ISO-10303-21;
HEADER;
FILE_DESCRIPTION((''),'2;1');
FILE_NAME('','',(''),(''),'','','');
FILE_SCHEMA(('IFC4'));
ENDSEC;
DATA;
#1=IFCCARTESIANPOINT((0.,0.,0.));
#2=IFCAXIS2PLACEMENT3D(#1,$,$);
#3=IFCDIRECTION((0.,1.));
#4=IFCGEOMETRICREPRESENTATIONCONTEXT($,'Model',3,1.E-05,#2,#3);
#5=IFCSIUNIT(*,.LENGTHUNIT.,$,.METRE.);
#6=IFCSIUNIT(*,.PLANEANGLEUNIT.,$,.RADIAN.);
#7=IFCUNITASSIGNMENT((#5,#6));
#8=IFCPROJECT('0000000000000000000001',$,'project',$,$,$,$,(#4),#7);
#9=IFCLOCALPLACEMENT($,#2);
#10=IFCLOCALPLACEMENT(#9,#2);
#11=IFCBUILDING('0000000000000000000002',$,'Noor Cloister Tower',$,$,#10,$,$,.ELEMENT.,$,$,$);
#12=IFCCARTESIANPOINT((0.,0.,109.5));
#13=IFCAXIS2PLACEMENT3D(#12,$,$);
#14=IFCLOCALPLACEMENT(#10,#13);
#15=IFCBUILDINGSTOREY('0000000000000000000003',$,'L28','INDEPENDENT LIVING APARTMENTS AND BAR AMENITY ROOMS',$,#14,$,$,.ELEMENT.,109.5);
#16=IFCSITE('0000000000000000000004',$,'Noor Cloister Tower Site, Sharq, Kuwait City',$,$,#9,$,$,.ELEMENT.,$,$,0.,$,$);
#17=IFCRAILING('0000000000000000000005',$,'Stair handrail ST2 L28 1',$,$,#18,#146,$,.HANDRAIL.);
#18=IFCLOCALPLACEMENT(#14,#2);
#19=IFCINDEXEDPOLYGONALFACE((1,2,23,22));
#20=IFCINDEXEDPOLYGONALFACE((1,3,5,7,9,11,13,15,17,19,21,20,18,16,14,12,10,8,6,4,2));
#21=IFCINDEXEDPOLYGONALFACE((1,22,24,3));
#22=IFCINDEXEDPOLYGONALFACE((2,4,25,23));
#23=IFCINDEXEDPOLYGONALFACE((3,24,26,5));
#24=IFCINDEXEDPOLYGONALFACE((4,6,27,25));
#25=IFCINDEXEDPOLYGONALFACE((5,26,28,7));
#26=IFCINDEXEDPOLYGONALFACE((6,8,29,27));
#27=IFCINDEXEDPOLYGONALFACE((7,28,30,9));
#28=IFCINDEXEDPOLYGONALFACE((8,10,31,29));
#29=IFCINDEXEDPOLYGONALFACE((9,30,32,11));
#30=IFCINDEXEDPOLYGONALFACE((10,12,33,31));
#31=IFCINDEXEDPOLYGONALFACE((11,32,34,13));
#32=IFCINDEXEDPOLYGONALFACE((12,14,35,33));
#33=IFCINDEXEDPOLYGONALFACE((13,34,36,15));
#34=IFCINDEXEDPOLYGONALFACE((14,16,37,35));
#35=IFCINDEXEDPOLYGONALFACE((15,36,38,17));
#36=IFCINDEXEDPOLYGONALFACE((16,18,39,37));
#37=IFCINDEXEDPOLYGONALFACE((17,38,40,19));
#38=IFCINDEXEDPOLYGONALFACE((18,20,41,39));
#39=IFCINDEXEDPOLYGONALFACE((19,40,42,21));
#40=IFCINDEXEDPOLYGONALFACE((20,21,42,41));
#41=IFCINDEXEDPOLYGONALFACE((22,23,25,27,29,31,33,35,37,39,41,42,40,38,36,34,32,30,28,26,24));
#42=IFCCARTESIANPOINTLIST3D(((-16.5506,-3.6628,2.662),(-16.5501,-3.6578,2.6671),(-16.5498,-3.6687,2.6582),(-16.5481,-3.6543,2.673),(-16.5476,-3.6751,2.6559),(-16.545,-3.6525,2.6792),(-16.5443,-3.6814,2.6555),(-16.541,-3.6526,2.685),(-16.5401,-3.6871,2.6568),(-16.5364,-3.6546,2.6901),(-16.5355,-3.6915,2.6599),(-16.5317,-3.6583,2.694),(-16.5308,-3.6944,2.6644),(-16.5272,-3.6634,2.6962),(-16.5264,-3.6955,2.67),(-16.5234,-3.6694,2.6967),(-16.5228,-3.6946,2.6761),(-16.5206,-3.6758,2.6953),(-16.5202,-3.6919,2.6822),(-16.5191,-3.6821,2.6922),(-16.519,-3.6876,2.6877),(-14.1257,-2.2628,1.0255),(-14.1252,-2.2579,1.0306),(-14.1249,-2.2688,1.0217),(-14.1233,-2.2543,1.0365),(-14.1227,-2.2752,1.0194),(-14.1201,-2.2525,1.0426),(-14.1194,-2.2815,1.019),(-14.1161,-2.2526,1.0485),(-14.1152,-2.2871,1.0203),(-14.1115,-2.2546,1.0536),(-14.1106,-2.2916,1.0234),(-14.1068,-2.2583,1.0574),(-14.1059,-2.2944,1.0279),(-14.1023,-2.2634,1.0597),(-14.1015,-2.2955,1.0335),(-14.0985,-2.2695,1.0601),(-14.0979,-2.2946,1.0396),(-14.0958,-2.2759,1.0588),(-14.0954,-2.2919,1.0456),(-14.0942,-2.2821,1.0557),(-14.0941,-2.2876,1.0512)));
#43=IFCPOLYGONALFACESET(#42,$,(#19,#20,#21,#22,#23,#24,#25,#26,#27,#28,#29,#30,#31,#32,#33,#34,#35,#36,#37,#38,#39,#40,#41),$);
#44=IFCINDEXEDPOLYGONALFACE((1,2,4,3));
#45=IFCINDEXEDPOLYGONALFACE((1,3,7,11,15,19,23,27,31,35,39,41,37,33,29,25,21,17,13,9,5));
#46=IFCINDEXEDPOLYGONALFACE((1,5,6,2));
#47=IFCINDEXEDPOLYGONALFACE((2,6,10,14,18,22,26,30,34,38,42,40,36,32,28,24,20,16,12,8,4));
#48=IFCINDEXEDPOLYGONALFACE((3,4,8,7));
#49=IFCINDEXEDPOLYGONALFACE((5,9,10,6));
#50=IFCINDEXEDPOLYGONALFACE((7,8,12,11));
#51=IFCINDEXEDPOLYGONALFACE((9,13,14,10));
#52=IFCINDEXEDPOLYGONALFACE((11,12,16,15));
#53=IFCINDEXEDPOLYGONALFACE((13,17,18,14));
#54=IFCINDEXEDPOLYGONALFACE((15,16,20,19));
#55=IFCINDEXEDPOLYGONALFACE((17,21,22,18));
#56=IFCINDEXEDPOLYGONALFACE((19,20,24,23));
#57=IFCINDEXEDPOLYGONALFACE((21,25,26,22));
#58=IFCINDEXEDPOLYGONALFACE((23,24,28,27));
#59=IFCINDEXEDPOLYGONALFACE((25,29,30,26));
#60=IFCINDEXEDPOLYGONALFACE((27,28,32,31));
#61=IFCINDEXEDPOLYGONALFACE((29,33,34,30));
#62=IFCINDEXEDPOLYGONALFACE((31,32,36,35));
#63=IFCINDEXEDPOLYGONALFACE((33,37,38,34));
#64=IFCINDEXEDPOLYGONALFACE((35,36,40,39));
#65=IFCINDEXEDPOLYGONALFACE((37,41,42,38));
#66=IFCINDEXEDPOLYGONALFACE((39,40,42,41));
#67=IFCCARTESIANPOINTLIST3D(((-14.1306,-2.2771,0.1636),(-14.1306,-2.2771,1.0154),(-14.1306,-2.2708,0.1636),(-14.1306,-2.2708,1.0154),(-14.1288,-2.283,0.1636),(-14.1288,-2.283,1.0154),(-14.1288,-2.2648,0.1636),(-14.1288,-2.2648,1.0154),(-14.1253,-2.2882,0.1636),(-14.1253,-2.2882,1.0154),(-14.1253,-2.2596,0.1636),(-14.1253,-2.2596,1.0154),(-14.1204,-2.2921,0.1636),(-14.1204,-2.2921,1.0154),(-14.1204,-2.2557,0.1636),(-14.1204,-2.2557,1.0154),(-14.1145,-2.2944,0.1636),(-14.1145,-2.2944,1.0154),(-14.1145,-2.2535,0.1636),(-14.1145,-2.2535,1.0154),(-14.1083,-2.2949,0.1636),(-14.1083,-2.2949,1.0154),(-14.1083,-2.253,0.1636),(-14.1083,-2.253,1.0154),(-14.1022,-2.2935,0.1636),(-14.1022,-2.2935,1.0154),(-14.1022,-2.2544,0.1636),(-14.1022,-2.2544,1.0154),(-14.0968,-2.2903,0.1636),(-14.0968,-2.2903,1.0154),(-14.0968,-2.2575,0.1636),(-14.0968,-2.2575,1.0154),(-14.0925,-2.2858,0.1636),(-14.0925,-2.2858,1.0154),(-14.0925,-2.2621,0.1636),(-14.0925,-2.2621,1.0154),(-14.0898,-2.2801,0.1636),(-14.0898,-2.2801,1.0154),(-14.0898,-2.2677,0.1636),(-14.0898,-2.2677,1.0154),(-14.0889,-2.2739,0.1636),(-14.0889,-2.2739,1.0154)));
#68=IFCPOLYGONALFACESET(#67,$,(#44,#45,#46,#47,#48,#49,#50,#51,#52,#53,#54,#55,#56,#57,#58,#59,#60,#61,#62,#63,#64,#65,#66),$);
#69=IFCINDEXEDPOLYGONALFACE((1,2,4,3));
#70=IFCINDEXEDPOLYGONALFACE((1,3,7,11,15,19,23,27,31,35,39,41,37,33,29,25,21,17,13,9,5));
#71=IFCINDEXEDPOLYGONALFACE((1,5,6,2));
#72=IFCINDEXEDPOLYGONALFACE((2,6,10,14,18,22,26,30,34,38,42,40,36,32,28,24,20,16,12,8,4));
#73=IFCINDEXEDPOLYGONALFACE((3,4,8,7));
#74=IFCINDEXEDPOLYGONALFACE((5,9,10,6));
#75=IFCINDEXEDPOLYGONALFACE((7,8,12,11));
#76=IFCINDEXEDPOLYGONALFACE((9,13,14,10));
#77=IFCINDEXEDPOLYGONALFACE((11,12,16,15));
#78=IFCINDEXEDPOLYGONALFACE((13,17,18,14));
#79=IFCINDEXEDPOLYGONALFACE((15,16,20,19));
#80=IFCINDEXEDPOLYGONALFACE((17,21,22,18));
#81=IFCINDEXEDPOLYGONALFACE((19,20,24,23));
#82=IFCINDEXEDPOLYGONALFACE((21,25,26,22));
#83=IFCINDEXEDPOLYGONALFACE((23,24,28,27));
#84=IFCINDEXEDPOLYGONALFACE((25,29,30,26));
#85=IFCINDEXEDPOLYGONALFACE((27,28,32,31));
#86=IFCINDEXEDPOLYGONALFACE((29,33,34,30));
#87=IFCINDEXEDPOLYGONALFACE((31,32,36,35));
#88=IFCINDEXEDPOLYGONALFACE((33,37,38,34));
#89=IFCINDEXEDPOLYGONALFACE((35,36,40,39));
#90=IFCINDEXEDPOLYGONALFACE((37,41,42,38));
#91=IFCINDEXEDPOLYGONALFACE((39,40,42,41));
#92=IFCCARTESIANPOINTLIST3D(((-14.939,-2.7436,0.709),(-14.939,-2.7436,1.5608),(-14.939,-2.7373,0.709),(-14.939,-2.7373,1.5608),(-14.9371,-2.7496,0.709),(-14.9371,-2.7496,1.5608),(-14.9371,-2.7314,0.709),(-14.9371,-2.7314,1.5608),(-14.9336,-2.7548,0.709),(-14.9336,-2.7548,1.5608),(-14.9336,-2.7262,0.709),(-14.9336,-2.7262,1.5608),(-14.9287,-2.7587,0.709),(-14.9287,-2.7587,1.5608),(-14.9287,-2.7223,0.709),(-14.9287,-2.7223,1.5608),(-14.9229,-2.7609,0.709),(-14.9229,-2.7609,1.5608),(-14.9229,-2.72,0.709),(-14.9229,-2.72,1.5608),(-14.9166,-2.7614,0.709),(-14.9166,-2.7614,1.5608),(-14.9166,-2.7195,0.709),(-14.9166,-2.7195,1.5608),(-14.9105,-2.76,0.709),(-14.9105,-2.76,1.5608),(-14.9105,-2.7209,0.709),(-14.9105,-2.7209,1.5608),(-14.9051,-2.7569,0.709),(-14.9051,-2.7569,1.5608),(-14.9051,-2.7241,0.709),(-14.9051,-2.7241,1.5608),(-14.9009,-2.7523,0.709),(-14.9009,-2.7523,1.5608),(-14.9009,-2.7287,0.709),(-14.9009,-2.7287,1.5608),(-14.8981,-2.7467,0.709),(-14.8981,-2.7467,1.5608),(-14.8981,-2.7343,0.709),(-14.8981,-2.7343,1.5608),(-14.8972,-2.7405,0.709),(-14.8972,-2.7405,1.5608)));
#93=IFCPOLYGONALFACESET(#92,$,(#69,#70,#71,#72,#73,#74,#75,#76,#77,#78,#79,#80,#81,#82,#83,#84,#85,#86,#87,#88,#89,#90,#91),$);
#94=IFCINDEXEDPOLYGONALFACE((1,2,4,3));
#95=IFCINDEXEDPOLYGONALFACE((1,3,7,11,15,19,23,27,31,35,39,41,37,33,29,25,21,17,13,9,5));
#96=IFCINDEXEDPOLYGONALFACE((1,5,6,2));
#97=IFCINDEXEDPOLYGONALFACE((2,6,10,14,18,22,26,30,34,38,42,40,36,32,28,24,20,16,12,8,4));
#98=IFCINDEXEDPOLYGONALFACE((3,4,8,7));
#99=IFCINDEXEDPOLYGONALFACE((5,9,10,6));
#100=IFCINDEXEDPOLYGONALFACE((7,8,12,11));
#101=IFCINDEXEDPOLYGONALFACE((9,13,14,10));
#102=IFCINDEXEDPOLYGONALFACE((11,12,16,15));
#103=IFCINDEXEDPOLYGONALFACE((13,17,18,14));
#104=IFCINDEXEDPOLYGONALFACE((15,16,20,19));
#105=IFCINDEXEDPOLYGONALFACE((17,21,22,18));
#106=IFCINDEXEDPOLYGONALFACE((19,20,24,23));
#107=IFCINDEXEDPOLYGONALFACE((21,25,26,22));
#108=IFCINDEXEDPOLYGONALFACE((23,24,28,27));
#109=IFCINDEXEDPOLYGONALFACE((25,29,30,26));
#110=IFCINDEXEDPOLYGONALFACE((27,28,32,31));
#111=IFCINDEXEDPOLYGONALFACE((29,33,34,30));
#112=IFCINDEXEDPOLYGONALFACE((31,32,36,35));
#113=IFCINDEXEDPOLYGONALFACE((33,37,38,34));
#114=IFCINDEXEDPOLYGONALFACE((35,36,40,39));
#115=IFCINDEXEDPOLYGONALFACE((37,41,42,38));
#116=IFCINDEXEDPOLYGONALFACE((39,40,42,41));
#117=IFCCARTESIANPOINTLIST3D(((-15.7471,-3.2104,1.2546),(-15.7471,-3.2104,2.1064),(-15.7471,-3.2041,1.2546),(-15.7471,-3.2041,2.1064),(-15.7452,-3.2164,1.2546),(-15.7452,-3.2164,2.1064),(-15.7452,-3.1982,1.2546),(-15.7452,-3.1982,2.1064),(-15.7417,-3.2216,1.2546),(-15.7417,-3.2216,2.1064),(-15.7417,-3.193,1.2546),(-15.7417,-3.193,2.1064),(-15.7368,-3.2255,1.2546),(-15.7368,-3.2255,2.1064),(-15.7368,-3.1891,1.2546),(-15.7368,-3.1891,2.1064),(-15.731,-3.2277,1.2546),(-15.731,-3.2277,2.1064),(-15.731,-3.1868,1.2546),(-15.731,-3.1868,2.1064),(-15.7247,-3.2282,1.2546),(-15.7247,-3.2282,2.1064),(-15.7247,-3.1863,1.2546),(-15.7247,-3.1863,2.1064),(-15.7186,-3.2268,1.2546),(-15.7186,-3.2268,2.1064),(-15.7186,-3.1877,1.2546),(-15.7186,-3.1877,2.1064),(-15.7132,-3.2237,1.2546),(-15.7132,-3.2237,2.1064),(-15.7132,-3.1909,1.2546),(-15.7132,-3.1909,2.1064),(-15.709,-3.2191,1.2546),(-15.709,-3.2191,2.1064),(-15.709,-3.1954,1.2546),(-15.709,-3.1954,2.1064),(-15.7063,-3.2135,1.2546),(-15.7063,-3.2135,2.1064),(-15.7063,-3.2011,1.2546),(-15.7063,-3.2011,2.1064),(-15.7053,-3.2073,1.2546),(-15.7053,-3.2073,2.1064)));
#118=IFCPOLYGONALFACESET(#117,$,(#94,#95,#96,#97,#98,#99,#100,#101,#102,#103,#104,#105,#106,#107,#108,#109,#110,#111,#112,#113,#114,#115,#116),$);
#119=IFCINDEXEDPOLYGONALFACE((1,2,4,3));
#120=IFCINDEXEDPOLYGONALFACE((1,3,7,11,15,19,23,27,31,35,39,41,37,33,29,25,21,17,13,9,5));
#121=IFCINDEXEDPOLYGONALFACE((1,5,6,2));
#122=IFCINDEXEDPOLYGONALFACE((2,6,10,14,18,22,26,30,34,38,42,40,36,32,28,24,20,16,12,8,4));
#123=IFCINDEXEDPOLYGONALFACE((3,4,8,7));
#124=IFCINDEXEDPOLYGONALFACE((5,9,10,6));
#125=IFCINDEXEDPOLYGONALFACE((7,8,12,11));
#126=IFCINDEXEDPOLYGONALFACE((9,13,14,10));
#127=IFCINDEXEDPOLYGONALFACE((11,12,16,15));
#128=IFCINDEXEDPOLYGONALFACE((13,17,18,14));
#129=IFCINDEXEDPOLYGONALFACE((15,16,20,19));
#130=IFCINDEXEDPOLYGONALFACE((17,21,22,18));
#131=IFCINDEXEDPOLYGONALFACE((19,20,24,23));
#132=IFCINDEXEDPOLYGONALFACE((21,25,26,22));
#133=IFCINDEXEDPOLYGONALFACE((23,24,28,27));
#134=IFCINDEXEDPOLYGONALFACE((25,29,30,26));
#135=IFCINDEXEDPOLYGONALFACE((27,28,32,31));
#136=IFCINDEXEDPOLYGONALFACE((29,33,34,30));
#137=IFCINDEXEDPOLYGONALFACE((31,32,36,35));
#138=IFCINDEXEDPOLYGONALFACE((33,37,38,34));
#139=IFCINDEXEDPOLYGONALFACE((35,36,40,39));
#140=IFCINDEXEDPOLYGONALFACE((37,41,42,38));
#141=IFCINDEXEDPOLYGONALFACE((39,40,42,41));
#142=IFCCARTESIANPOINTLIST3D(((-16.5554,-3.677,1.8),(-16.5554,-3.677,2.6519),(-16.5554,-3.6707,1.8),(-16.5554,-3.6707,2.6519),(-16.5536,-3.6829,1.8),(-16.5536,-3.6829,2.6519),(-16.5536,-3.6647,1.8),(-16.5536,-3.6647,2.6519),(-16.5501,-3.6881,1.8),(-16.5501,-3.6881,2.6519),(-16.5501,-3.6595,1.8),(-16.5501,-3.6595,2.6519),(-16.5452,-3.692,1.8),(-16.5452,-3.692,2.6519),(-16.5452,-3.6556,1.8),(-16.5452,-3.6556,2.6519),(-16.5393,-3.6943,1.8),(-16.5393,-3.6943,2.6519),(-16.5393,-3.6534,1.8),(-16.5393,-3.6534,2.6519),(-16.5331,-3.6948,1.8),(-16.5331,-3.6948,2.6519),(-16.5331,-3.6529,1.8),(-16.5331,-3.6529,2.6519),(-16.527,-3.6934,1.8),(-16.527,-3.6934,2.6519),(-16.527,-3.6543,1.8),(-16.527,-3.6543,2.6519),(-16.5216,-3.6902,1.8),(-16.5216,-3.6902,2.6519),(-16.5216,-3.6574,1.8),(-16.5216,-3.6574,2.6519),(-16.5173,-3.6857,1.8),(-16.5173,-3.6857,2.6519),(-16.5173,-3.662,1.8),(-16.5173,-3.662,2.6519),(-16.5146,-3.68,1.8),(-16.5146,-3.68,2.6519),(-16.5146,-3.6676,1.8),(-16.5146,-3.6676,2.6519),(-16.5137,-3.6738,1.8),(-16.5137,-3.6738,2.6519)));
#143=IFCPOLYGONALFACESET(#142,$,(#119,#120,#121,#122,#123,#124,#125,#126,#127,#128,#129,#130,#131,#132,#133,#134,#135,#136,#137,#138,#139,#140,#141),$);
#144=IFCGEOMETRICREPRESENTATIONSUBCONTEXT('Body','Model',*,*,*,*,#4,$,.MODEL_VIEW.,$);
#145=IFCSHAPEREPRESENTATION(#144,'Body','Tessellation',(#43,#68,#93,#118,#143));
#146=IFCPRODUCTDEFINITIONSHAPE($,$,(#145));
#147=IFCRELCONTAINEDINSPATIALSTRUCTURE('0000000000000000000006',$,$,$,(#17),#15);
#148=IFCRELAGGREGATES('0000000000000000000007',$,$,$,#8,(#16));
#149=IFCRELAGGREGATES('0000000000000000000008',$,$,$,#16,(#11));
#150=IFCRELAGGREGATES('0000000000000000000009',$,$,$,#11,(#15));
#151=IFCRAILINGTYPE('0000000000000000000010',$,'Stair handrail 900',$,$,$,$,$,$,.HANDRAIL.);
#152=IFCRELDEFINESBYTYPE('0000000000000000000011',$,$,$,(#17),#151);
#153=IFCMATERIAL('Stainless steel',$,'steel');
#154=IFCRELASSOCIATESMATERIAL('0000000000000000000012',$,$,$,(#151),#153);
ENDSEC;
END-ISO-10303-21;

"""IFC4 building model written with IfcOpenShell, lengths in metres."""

from ifc_helpers import new_model, si_unit, direction, frame, origin, origin_2d, place, context, subcontext, project, spatial, circle, extrude, material, type_object, element, save


model = new_model("IFC4")

# Units and contexts
model_context = context("Model", 3, precision=1e-05, world=origin(), true_north=direction((0.0, 1.0)))
body_context = subcontext(model_context, "Body", "Model", "MODEL_VIEW")
ifc_project = project(units=[si_unit("LENGTHUNIT", "METRE"), si_unit("PLANEANGLEUNIT", "RADIAN")], contexts=[model_context])

# Site, building, storey
site_placement = place(None, origin())
site = spatial("IfcSite", under=ifc_project, at=site_placement, Name="Noor Cloister Tower Site, Sharq, Kuwait City", CompositionType="ELEMENT", RefElevation=0.0)
building_placement = place(site_placement, origin())
building = spatial("IfcBuilding", under=site, at=building_placement, Name="Noor Cloister Tower", CompositionType="ELEMENT")
storey_placement = place(building_placement, frame((0.0, 0.0, 109.5)))
storey = spatial("IfcBuildingStorey", under=building, at=storey_placement, Name="L28", Description="INDEPENDENT LIVING APARTMENTS AND BAR AMENITY ROOMS", CompositionType="ELEMENT", Elevation=109.5)

# Railing
ifc_material_1 = material(Name="Stainless steel", Category="steel")
railing_type_1 = type_object("IfcRailingType", Name="Stair handrail 900", PredefinedType="HANDRAIL", material=ifc_material_1)
railing_1_placement = place(storey_placement, frame((-14.1099, -2.2739, 0.1636)))
element("IfcRailing", 1, at=railing_1_placement, inside=storey, type_object=railing_type_1, Name="Stair handrail ST2 L28 1", PredefinedType="HANDRAIL", context=body_context, shape_type="SweptSolid", body=[
    extrude(circle(Radius=0.0239, at=origin_2d()), frame((0.0, 0.0, 0.876), z_axis=(-0.74769, -0.431661, 0.504608), x_axis=(0.499984, -0.866035, 0.0)), (0.0, 0.0, 1.0), 3.2432),
    extrude(circle(Radius=0.021, at=origin_2d()), origin(), (0.0, 0.0, 1.0), 0.8518),
    extrude(circle(Radius=0.021, at=origin_2d()), frame((-0.8083, -0.4666, 0.5454)), (0.0, 0.0, 1.0), 0.8518),
    extrude(circle(Radius=0.021, at=origin_2d()), frame((-1.6165, -0.9333, 1.0911)), (0.0, 0.0, 1.0), 0.8518),
    extrude(circle(Radius=0.021, at=origin_2d()), frame((-2.4248, -1.3999, 1.6365)), (0.0, 0.0, 1.0), 0.8518),
])

save(model, "model.ifc")
